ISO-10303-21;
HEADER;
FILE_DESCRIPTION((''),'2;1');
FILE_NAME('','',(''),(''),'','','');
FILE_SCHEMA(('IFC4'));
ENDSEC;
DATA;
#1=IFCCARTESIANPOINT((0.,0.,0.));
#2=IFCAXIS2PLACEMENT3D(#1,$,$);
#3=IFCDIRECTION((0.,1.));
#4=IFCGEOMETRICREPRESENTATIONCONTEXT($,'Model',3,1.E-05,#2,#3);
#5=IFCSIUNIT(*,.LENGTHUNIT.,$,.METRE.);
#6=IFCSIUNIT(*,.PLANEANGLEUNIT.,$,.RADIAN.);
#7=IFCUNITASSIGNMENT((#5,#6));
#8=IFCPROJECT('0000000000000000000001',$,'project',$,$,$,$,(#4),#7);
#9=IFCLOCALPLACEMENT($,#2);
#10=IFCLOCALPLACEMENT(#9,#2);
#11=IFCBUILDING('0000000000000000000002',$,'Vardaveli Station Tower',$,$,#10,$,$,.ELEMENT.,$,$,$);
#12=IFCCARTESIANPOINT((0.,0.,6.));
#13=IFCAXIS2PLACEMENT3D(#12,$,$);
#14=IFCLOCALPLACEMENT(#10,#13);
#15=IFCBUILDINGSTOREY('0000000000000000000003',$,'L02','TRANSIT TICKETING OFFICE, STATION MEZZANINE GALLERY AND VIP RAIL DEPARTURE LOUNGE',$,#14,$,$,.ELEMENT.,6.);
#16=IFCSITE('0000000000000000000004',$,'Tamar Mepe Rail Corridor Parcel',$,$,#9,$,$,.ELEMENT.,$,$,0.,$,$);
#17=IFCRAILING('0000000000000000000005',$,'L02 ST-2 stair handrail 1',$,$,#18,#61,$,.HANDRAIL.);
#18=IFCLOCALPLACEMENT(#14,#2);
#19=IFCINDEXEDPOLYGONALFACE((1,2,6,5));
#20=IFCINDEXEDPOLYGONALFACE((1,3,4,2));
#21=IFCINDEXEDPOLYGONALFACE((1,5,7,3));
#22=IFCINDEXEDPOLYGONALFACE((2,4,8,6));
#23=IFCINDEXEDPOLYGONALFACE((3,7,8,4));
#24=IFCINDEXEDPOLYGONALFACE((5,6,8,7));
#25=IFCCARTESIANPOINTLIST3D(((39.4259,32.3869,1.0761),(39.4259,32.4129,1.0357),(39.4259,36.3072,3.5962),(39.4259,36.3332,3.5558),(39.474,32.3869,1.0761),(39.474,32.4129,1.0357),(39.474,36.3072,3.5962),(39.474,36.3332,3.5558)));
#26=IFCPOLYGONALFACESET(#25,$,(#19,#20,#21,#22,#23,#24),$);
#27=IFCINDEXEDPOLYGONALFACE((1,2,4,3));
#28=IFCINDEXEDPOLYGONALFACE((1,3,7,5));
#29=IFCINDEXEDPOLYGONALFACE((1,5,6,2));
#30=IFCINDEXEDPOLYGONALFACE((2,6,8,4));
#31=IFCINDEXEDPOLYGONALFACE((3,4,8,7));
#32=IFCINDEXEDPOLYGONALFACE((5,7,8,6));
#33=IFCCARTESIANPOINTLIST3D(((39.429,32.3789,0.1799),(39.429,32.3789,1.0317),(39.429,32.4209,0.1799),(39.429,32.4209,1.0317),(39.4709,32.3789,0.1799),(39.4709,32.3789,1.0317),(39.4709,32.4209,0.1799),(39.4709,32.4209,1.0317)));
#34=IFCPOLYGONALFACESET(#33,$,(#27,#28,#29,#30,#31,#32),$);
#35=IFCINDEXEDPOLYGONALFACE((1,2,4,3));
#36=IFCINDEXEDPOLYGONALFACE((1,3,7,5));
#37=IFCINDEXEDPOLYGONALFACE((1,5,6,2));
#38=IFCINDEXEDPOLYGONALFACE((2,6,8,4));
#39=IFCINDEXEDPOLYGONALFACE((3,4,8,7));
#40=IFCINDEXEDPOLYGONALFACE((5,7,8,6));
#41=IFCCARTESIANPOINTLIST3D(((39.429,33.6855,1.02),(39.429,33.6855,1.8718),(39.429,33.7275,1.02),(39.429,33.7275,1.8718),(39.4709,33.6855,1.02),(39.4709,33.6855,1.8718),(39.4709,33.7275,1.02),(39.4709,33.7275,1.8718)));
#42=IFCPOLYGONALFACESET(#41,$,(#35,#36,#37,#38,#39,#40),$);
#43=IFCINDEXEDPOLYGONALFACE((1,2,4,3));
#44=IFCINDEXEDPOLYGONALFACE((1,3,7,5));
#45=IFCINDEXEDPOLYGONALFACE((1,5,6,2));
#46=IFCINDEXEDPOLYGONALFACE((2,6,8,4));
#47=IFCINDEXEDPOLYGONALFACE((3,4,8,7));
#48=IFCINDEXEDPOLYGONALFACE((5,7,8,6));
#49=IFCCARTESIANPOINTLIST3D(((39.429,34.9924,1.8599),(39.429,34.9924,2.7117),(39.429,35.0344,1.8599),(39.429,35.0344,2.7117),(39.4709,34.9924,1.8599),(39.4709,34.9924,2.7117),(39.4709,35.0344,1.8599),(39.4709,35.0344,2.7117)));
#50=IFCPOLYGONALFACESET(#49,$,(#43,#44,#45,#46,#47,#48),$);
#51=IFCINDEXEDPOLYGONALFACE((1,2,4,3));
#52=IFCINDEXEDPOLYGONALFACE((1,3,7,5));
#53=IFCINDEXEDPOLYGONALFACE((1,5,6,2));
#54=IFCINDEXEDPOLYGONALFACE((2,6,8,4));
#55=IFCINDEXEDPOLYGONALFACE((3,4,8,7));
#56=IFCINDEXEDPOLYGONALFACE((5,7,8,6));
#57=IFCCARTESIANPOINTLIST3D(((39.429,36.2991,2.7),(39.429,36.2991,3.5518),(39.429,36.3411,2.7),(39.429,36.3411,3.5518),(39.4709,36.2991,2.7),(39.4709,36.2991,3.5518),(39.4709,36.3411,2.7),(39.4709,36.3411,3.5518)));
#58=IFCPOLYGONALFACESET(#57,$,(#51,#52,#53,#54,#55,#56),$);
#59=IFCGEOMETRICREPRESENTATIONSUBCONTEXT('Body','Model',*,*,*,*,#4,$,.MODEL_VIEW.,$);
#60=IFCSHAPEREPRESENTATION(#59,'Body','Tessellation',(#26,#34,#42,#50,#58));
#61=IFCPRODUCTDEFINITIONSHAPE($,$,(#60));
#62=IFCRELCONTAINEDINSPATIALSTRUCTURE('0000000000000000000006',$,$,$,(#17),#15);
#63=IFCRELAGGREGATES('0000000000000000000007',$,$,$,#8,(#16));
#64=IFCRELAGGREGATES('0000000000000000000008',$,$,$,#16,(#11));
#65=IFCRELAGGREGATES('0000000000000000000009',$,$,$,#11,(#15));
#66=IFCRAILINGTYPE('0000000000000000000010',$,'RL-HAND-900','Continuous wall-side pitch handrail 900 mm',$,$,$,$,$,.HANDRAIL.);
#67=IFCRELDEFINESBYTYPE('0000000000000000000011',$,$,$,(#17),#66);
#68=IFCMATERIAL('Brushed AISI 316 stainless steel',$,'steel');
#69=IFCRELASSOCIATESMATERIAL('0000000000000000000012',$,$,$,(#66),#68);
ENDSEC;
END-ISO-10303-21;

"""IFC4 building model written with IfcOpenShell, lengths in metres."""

from ifc_helpers import new_model, si_unit, direction, frame, origin, origin_2d, place, context, subcontext, project, spatial, rectangle, extrude, source, transform, mapped, material, type_object, element, save


model = new_model("IFC4")

# Units and contexts
model_context = context("Model", 3, precision=1e-05, world=origin(), true_north=direction((0.0, 1.0)))
body_context = subcontext(model_context, "Body", "Model", "MODEL_VIEW")
ifc_project = project(units=[si_unit("LENGTHUNIT", "METRE"), si_unit("PLANEANGLEUNIT", "RADIAN")], contexts=[model_context])

# Site, building, storey
site_placement = place(None, origin())
site = spatial("IfcSite", under=ifc_project, at=site_placement, Name="Tamar Mepe Rail Corridor Parcel", CompositionType="ELEMENT", RefElevation=0.0)
building_placement = place(site_placement, origin())
building = spatial("IfcBuilding", under=site, at=building_placement, Name="Vardaveli Station Tower", CompositionType="ELEMENT")
storey_placement = place(building_placement, frame((0.0, 0.0, 6.0)))
storey = spatial("IfcBuildingStorey", under=building, at=storey_placement, Name="L02", Description="TRANSIT TICKETING OFFICE, STATION MEZZANINE GALLERY AND VIP RAIL DEPARTURE LOUNGE", CompositionType="ELEMENT", Elevation=6.0)

# Railing
ifc_material_1 = material(Name="Brushed AISI 316 stainless steel", Category="steel")
railing_type = type_object("IfcRailingType", Name="RL-HAND-900", Description="Continuous wall-side pitch handrail 900 mm", PredefinedType="HANDRAIL", material=ifc_material_1)
shared_shape_1 = source(origin(), body_context, "Body", "SweptSolid", [
    extrude(rectangle(XDim=0.0481, YDim=0.0481, at=origin_2d()), frame((0.0, 0.0, 0.876), z_axis=(0.0, 0.841187, 0.540744), x_axis=(-1.0, 0.0, 0.0)), (0.0, 0.0, 1.0), 4.6604),
    extrude(rectangle(XDim=0.042, YDim=0.042, at=origin_2d()), origin(), (0.0, 0.0, 1.0), 0.8518),
    extrude(rectangle(XDim=0.042, YDim=0.042, at=origin_2d()), frame((0.0, 1.3066, 0.8401)), (0.0, 0.0, 1.0), 0.8518),
    extrude(rectangle(XDim=0.042, YDim=0.042, at=origin_2d()), frame((0.0, 2.6135, 1.6799)), (0.0, 0.0, 1.0), 0.8518),
    extrude(rectangle(XDim=0.042, YDim=0.042, at=origin_2d()), frame((0.0, 3.9202, 2.52)), (0.0, 0.0, 1.0), 0.8518),
])
railing_placement = place(storey_placement, frame((39.45, 32.3999, 0.1799)))
element("IfcRailing", 1, at=railing_placement, inside=storey, type_object=railing_type, Name="L02 ST-2 stair handrail 1", PredefinedType="HANDRAIL", context=body_context, shape_type="MappedRepresentation", body=[
    mapped(shared_shape_1, transform((0.0, 0.0, 0.0), scale=1.0)),
])

save(model, "model.ifc")
